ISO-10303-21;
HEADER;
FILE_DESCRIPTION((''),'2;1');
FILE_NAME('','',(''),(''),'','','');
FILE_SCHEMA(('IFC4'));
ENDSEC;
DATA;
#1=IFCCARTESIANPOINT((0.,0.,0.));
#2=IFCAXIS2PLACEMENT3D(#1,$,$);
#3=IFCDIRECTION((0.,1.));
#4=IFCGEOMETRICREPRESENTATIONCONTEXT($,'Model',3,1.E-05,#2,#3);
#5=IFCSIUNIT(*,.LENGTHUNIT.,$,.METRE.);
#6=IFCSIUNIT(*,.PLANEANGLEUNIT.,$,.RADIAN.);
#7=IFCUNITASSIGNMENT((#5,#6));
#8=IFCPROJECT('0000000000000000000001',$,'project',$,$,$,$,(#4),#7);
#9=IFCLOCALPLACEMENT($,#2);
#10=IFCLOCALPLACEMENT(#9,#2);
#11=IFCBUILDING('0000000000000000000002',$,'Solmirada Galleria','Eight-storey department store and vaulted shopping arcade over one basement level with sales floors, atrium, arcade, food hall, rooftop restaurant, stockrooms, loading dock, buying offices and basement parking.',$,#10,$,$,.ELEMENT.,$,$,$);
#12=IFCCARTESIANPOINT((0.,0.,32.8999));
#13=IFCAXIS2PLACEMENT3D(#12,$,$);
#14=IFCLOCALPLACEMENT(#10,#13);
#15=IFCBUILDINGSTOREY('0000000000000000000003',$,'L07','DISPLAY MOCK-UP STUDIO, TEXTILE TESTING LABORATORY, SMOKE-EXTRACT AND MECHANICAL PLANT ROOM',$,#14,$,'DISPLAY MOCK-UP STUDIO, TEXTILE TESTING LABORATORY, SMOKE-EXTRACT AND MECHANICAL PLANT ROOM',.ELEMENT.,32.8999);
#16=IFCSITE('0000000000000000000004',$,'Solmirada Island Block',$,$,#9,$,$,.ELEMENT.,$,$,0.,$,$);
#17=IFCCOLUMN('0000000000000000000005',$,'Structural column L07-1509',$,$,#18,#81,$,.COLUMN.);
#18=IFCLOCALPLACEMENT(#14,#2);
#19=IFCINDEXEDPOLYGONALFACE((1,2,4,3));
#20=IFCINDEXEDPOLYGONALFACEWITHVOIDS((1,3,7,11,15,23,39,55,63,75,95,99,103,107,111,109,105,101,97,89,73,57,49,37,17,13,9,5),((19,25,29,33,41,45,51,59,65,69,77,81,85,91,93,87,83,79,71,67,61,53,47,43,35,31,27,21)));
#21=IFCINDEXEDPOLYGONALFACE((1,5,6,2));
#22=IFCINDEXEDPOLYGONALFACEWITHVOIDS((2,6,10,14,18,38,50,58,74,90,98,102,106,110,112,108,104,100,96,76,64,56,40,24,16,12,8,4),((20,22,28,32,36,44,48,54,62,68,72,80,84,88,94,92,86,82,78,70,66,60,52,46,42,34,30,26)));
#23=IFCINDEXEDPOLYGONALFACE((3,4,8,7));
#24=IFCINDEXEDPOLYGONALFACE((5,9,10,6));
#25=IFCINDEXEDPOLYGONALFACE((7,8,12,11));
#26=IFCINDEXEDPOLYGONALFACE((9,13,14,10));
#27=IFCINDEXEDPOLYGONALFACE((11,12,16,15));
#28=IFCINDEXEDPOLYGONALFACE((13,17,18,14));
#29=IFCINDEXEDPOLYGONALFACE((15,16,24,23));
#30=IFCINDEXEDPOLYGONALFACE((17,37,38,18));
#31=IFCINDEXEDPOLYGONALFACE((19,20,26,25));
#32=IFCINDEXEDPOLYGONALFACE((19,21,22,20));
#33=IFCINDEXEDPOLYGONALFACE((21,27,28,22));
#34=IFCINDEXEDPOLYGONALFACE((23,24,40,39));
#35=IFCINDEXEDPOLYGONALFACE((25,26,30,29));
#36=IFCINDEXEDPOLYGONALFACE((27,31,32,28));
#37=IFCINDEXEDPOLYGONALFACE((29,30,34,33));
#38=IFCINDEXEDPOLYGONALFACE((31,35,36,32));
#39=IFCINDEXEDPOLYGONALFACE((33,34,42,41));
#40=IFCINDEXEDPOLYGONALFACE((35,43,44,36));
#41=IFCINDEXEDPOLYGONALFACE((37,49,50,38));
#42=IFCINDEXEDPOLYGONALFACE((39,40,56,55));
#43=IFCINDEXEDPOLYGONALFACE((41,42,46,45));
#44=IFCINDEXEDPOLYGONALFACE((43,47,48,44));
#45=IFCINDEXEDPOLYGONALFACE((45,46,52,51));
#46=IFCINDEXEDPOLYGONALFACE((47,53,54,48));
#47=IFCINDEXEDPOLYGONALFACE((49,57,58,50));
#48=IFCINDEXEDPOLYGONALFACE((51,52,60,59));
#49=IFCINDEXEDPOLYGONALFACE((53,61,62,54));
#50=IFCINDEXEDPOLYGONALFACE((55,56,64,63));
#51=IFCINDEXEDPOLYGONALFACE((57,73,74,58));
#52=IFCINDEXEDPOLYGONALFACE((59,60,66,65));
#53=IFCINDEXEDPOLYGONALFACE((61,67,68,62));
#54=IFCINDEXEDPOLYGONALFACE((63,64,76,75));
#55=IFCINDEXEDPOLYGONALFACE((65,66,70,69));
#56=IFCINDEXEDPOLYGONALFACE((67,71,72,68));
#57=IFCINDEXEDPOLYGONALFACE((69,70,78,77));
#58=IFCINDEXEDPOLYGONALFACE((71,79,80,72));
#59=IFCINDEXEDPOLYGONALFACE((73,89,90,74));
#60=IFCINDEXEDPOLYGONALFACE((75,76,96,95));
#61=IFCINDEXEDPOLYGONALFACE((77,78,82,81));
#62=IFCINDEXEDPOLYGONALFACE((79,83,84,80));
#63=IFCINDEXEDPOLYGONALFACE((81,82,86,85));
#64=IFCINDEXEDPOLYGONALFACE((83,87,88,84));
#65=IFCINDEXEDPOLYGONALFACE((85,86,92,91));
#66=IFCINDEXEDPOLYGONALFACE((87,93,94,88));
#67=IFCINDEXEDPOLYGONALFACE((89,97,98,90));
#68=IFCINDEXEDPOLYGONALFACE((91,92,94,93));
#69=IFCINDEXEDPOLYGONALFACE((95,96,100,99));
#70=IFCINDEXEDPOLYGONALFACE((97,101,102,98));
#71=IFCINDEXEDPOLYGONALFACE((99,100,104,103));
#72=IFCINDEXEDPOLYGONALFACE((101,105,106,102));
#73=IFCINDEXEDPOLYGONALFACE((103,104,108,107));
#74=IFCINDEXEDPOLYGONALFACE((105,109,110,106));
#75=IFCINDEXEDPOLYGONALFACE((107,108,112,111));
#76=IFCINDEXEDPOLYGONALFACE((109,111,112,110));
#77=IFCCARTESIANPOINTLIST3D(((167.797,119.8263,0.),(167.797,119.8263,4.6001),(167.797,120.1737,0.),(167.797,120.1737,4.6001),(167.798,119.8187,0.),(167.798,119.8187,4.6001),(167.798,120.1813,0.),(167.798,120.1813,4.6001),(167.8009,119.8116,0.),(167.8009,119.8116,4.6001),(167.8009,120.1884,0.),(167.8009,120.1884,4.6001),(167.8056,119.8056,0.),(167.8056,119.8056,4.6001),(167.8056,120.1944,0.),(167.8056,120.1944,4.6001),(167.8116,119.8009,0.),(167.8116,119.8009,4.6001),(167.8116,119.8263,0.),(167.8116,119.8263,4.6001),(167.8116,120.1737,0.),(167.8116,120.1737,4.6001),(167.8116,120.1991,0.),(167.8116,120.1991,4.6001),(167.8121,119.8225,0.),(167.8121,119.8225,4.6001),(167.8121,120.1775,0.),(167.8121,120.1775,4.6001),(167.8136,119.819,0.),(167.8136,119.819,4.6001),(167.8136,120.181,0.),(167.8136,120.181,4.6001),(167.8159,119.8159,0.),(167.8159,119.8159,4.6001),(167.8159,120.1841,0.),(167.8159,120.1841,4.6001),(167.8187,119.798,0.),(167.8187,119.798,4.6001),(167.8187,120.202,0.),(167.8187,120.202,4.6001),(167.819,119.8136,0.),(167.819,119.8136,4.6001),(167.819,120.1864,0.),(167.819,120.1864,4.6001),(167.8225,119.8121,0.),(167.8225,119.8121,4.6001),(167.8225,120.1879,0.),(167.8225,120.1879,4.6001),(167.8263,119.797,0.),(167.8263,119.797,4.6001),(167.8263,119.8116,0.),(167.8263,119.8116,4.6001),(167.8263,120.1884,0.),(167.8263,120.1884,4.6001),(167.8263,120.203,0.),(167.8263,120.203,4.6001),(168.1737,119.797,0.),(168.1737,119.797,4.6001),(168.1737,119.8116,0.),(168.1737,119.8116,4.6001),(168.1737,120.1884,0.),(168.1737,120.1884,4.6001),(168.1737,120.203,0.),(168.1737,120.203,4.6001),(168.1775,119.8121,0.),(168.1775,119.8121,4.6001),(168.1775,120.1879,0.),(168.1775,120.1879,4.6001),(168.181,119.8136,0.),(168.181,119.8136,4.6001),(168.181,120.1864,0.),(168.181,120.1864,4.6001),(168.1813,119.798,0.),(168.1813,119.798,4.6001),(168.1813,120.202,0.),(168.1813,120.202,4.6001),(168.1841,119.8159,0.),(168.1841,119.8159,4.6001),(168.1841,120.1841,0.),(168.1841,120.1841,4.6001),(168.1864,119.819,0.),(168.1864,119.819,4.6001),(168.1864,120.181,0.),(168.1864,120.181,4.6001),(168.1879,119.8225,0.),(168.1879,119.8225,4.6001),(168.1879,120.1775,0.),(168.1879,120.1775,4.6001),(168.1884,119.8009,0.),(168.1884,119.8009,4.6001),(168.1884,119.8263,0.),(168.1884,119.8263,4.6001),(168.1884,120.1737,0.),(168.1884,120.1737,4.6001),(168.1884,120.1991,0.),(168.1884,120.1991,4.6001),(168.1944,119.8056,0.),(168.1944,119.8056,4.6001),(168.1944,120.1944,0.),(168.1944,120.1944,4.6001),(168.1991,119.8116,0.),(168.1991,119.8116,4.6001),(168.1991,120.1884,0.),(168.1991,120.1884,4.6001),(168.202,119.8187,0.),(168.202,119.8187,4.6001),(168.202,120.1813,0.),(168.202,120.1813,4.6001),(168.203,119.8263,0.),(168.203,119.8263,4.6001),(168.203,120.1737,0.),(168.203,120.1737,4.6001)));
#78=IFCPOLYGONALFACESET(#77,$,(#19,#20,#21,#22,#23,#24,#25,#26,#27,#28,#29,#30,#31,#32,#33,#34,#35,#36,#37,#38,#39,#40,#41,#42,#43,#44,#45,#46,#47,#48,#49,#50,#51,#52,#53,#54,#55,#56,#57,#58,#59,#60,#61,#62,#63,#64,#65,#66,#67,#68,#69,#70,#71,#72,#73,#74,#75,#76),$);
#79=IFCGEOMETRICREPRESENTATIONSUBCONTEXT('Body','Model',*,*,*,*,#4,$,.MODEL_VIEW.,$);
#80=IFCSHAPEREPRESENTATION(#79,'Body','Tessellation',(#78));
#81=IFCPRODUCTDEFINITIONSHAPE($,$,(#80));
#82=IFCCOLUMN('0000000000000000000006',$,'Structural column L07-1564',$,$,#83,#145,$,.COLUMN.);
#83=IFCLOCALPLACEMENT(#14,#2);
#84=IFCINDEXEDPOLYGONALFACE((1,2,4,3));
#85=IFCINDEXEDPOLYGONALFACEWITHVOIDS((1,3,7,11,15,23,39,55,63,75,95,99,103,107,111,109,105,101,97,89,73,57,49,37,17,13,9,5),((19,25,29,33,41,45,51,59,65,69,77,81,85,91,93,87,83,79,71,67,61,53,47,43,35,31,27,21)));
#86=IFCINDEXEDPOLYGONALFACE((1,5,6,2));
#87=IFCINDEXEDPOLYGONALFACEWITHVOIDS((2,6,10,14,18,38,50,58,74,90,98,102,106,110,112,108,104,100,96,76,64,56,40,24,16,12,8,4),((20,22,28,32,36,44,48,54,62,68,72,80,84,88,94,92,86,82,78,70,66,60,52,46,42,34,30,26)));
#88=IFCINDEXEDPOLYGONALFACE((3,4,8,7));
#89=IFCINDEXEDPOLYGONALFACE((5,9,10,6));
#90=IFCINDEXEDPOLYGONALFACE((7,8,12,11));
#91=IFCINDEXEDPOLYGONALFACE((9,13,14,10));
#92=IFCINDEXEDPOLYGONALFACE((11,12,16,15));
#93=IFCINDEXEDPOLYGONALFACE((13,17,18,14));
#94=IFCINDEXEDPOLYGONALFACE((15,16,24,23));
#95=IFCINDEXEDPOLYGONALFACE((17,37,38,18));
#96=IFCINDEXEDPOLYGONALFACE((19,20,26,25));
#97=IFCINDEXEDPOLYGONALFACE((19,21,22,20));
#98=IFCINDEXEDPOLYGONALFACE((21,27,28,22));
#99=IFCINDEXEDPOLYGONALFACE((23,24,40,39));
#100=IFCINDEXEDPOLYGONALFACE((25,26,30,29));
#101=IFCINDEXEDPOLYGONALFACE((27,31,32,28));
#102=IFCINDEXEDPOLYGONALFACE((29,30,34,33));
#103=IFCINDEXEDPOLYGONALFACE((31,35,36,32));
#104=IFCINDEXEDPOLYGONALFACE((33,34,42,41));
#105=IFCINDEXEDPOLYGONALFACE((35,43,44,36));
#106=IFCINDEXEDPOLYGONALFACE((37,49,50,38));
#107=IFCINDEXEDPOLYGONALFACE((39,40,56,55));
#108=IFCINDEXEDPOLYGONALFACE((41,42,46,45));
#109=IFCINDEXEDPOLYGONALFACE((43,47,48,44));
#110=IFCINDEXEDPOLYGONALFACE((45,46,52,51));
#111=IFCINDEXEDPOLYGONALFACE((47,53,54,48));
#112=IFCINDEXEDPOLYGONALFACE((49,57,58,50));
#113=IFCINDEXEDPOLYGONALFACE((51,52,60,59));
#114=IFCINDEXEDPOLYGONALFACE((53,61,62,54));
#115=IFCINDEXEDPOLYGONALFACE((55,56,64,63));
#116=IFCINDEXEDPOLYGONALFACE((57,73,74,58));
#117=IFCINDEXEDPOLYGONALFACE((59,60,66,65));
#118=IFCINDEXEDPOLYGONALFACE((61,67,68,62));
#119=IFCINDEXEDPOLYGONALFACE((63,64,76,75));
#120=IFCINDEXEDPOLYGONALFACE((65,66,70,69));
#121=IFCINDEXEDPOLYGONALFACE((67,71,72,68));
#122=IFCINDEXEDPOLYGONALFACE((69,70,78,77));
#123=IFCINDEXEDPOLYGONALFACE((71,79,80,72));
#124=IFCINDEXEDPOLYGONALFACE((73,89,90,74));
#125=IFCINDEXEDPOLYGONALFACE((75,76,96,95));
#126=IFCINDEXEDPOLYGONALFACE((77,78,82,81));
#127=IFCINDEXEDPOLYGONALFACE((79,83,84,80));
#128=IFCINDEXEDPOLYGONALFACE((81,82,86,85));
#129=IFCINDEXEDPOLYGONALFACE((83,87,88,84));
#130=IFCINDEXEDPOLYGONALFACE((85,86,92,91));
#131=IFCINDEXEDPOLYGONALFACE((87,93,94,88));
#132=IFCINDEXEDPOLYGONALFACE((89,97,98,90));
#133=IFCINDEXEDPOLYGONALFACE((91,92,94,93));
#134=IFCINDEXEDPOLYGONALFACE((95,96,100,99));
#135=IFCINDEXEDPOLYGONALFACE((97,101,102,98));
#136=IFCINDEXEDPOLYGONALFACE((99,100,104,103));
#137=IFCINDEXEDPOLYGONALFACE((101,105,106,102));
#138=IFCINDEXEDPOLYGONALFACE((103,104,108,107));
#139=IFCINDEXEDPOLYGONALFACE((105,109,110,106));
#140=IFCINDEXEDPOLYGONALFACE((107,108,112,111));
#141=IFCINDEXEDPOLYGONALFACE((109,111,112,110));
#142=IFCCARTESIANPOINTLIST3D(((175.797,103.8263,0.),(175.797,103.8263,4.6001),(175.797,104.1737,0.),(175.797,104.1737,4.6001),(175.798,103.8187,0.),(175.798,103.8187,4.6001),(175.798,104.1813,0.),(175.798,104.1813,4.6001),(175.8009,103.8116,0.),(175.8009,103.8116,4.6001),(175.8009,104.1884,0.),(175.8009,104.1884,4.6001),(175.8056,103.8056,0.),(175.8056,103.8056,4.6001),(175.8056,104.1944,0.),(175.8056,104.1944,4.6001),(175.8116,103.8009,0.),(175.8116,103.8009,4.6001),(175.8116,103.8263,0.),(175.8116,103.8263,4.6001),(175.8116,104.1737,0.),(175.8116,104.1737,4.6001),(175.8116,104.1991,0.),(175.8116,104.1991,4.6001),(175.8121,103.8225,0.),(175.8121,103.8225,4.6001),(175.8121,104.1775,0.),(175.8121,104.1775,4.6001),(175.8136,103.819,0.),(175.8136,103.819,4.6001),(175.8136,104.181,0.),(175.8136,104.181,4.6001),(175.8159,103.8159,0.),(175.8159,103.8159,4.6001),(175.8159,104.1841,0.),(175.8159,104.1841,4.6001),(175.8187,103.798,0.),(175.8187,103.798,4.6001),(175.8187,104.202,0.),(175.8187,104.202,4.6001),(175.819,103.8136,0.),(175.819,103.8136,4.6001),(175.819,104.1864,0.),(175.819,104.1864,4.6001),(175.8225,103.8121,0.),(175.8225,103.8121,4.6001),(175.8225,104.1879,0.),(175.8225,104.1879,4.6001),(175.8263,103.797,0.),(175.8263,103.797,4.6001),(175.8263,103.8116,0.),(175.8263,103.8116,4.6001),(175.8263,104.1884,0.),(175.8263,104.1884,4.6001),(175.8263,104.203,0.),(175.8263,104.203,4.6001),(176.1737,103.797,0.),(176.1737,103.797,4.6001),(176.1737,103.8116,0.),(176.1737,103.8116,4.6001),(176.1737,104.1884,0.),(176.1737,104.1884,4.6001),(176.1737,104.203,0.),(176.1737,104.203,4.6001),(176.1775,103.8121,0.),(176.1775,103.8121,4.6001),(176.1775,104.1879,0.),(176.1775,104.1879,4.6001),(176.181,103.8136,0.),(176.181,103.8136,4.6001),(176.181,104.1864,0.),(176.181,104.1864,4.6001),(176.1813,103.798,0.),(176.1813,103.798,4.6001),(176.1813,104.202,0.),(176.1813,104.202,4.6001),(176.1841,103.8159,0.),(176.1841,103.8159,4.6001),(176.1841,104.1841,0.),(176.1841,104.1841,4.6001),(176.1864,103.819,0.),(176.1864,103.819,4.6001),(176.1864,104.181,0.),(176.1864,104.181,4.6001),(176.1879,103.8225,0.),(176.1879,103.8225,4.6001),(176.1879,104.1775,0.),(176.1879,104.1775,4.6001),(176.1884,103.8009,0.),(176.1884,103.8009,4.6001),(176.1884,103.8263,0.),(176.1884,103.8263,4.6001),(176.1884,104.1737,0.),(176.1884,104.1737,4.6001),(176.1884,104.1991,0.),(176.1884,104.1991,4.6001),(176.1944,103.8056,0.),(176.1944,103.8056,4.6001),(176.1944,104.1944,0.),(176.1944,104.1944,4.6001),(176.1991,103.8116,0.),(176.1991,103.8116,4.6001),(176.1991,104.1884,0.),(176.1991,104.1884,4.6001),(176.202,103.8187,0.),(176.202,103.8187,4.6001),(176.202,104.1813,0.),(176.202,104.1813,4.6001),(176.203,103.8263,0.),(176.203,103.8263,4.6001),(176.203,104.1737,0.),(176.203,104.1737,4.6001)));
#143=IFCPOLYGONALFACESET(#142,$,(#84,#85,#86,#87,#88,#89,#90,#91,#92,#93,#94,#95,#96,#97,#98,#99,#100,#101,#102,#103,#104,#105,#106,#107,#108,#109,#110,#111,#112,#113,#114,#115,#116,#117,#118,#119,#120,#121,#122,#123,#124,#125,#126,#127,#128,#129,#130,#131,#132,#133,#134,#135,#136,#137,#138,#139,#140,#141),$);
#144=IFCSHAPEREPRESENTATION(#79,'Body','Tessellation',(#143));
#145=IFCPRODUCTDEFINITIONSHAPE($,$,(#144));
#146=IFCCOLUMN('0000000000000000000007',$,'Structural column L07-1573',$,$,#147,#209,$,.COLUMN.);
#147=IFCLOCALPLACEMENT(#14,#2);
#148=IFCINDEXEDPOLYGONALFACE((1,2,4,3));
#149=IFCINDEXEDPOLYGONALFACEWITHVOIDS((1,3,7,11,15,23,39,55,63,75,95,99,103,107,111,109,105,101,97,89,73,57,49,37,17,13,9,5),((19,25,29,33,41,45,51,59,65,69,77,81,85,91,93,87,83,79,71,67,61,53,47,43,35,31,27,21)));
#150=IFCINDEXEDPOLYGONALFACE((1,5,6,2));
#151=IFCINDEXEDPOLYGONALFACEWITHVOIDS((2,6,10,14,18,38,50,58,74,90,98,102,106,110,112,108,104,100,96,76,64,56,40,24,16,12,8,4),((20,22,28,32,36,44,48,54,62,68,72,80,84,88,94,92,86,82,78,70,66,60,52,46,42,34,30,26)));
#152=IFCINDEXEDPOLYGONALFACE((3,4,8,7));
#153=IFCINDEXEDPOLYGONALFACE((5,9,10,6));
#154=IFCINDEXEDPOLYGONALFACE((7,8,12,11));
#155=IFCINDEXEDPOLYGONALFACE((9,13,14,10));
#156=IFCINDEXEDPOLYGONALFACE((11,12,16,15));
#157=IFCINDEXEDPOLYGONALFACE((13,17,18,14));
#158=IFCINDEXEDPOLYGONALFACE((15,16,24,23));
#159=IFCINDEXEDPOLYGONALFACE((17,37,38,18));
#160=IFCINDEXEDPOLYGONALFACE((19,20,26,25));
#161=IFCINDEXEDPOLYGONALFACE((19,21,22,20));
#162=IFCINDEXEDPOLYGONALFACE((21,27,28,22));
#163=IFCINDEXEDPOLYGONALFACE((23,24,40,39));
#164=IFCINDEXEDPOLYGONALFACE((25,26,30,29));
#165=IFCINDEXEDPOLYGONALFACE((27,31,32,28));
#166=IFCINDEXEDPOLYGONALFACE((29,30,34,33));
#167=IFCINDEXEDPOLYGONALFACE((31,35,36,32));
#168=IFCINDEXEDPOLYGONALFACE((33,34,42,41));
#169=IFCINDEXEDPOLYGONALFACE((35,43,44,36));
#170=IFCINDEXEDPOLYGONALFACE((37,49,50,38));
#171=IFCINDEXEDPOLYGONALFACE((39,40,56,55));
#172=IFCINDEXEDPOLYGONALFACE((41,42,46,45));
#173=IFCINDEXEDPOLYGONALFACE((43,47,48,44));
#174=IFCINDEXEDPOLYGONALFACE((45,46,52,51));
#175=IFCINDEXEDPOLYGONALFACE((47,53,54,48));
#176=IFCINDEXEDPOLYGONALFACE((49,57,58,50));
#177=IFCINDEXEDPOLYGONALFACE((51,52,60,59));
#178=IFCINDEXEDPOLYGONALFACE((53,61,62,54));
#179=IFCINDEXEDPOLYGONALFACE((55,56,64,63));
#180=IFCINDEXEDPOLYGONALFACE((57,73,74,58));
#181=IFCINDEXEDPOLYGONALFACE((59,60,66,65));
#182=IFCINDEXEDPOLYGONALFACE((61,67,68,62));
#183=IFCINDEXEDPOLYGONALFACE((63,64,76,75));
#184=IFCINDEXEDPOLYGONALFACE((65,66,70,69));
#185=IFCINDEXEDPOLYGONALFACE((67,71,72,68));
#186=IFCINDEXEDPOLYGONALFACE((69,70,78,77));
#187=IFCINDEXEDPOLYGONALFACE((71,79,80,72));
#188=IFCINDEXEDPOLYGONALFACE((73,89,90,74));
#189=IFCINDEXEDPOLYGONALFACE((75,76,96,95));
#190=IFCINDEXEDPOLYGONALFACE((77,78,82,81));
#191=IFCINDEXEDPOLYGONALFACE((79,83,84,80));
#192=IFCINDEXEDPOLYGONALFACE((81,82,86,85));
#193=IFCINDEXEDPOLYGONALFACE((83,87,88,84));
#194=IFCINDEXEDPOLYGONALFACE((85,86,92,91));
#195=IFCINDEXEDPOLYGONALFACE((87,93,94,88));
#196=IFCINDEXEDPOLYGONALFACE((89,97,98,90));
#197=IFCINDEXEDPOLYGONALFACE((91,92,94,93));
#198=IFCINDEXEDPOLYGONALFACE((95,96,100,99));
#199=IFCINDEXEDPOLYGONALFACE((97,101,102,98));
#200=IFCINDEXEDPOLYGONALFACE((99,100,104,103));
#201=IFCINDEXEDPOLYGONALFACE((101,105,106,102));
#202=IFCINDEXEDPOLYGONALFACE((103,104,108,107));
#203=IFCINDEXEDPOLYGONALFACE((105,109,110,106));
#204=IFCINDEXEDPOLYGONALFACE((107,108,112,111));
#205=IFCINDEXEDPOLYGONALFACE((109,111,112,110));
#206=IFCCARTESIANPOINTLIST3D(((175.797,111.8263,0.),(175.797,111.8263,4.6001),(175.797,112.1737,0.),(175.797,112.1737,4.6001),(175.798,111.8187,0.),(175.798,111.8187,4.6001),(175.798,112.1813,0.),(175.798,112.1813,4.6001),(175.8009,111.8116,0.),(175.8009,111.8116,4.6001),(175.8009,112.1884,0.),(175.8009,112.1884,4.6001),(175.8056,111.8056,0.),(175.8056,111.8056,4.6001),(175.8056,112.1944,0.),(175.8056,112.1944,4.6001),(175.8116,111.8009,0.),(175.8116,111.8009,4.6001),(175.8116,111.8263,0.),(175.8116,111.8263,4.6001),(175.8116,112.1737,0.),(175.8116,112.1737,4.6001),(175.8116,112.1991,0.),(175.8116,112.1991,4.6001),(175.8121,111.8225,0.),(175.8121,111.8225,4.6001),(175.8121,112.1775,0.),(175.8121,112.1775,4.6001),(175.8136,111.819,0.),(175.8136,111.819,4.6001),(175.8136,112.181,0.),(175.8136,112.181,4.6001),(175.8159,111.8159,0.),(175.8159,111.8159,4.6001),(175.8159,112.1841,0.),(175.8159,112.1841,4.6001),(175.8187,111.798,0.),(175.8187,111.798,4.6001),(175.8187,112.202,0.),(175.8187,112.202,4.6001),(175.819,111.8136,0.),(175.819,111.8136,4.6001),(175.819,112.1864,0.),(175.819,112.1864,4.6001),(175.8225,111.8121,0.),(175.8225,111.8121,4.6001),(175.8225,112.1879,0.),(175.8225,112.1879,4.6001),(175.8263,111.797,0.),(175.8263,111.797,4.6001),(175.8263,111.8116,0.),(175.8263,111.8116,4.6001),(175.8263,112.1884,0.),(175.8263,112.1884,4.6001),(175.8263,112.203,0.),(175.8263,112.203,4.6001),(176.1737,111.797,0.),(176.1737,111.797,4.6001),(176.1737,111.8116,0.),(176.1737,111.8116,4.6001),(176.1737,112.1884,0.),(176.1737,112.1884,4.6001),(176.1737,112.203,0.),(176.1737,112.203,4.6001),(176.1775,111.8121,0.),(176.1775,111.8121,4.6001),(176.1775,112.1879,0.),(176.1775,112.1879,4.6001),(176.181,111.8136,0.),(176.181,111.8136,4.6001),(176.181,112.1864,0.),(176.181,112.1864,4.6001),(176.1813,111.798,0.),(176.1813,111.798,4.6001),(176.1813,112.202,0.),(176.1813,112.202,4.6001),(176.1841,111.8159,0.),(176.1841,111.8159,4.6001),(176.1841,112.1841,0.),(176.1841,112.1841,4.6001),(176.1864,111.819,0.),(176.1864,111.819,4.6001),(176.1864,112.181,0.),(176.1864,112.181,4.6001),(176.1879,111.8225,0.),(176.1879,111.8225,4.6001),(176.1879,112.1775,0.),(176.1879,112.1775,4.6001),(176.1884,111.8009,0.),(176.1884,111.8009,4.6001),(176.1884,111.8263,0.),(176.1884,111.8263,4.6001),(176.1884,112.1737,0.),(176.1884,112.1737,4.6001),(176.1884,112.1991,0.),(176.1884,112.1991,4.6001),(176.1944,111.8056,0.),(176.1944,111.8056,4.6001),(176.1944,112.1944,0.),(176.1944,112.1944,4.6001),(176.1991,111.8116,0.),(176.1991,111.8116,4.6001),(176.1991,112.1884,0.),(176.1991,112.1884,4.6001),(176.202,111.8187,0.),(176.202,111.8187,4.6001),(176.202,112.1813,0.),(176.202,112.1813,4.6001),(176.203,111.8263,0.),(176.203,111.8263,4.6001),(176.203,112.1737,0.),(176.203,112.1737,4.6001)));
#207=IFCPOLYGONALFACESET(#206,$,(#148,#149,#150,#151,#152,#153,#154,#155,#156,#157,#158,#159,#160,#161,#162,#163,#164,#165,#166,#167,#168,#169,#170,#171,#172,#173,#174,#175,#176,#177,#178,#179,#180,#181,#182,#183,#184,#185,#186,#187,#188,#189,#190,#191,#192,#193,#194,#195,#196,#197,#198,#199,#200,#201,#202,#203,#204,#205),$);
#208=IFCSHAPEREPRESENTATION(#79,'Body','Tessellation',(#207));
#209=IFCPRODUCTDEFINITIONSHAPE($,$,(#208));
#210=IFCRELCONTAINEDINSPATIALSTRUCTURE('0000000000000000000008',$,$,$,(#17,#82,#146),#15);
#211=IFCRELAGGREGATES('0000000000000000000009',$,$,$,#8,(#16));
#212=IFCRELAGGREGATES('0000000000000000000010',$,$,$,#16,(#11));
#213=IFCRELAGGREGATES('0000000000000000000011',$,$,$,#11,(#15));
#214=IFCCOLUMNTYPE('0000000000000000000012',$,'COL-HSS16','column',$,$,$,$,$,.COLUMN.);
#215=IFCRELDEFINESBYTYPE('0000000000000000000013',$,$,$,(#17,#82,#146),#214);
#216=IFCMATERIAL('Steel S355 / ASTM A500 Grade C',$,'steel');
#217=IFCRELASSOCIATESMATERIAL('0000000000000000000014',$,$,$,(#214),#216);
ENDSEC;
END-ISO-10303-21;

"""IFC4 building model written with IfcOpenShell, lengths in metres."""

from ifc_helpers import new_model, si_unit, direction, frame, origin, origin_2d, place, context, subcontext, project, spatial, hollow_rectangle, extrude, material, material_profile, profile_set, type_object, element, save


model = new_model("IFC4")

# Units and contexts
model_context = context("Model", 3, precision=1e-05, world=origin(), true_north=direction((0.0, 1.0)))
body_context = subcontext(model_context, "Body", "Model", "MODEL_VIEW")
ifc_project = project(units=[si_unit("LENGTHUNIT", "METRE"), si_unit("PLANEANGLEUNIT", "RADIAN")], contexts=[model_context])

# Site, building, storey
site_placement = place(None, origin())
site = spatial("IfcSite", under=ifc_project, at=site_placement, Name="Solmirada Island Block", CompositionType="ELEMENT", RefElevation=0.0)
building_placement = place(site_placement, origin())
building = spatial("IfcBuilding", under=site, at=building_placement, Name="Solmirada Galleria", Description="Eight-storey department store and vaulted shopping arcade over one basement level with sales floors, atrium, arcade, food hall, rooftop restaurant, stockrooms, loading dock, buying offices and basement parking.", CompositionType="ELEMENT")
storey_placement = place(building_placement, frame((0.0, 0.0, 32.8999)))
storey = spatial("IfcBuildingStorey", under=building, at=storey_placement, Name="L07", Description="DISPLAY MOCK-UP STUDIO, TEXTILE TESTING LABORATORY, SMOKE-EXTRACT AND MECHANICAL PLANT ROOM", LongName="DISPLAY MOCK-UP STUDIO, TEXTILE TESTING LABORATORY, SMOKE-EXTRACT AND MECHANICAL PLANT ROOM", CompositionType="ELEMENT", Elevation=32.8999)

# Columns
ifc_material_1 = material(Name="Steel S355 / ASTM A500 Grade C", Category="steel")
ifc_material_profile_1 = material_profile(ifc_material_1, hollow_rectangle(XDim=0.406, YDim=0.406, WallThickness=0.0146, InnerFilletRadius=0.0146, OuterFilletRadius=0.0293, at=origin_2d()), Name="HSS16X16X5/8")
ifc_profile_set_1 = profile_set([ifc_material_profile_1], Name="Steel S355 / ASTM A500 Grade C")
column_type_1 = type_object("IfcColumnType", Name="COL-HSS16", Description="column", PredefinedType="COLUMN", material=ifc_profile_set_1)
for number, where, z_axis, x_axis, name in (
    (1, (168.0, 120.0, 0.0), (0.0, 0.0, 1.0), (1.0, 0.0, 0.0), "Structural column L07-1509"),
    (2, (176.0, 104.0, 0.0), (0.0, 0.0, 1.0), (1.0, 0.0, 0.0), "Structural column L07-1564"),
    (3, (176.0, 112.0, 0.0), (0.0, 0.0, 1.0), (1.0, 0.0, 0.0), "Structural column L07-1573"),
):
    element("IfcColumn", number, at=place(storey_placement, frame(where, z_axis=z_axis, x_axis=x_axis)), inside=storey, type_object=column_type_1, Name=name, PredefinedType="COLUMN", context=body_context, shape_type="SweptSolid", body=[
        extrude(hollow_rectangle(XDim=0.406, YDim=0.406, WallThickness=0.0146, InnerFilletRadius=0.0146, OuterFilletRadius=0.0293, at=origin_2d()), origin(), (0.0, 0.0, 1.0), 4.6001),
    ])

save(model, "model.ifc")
